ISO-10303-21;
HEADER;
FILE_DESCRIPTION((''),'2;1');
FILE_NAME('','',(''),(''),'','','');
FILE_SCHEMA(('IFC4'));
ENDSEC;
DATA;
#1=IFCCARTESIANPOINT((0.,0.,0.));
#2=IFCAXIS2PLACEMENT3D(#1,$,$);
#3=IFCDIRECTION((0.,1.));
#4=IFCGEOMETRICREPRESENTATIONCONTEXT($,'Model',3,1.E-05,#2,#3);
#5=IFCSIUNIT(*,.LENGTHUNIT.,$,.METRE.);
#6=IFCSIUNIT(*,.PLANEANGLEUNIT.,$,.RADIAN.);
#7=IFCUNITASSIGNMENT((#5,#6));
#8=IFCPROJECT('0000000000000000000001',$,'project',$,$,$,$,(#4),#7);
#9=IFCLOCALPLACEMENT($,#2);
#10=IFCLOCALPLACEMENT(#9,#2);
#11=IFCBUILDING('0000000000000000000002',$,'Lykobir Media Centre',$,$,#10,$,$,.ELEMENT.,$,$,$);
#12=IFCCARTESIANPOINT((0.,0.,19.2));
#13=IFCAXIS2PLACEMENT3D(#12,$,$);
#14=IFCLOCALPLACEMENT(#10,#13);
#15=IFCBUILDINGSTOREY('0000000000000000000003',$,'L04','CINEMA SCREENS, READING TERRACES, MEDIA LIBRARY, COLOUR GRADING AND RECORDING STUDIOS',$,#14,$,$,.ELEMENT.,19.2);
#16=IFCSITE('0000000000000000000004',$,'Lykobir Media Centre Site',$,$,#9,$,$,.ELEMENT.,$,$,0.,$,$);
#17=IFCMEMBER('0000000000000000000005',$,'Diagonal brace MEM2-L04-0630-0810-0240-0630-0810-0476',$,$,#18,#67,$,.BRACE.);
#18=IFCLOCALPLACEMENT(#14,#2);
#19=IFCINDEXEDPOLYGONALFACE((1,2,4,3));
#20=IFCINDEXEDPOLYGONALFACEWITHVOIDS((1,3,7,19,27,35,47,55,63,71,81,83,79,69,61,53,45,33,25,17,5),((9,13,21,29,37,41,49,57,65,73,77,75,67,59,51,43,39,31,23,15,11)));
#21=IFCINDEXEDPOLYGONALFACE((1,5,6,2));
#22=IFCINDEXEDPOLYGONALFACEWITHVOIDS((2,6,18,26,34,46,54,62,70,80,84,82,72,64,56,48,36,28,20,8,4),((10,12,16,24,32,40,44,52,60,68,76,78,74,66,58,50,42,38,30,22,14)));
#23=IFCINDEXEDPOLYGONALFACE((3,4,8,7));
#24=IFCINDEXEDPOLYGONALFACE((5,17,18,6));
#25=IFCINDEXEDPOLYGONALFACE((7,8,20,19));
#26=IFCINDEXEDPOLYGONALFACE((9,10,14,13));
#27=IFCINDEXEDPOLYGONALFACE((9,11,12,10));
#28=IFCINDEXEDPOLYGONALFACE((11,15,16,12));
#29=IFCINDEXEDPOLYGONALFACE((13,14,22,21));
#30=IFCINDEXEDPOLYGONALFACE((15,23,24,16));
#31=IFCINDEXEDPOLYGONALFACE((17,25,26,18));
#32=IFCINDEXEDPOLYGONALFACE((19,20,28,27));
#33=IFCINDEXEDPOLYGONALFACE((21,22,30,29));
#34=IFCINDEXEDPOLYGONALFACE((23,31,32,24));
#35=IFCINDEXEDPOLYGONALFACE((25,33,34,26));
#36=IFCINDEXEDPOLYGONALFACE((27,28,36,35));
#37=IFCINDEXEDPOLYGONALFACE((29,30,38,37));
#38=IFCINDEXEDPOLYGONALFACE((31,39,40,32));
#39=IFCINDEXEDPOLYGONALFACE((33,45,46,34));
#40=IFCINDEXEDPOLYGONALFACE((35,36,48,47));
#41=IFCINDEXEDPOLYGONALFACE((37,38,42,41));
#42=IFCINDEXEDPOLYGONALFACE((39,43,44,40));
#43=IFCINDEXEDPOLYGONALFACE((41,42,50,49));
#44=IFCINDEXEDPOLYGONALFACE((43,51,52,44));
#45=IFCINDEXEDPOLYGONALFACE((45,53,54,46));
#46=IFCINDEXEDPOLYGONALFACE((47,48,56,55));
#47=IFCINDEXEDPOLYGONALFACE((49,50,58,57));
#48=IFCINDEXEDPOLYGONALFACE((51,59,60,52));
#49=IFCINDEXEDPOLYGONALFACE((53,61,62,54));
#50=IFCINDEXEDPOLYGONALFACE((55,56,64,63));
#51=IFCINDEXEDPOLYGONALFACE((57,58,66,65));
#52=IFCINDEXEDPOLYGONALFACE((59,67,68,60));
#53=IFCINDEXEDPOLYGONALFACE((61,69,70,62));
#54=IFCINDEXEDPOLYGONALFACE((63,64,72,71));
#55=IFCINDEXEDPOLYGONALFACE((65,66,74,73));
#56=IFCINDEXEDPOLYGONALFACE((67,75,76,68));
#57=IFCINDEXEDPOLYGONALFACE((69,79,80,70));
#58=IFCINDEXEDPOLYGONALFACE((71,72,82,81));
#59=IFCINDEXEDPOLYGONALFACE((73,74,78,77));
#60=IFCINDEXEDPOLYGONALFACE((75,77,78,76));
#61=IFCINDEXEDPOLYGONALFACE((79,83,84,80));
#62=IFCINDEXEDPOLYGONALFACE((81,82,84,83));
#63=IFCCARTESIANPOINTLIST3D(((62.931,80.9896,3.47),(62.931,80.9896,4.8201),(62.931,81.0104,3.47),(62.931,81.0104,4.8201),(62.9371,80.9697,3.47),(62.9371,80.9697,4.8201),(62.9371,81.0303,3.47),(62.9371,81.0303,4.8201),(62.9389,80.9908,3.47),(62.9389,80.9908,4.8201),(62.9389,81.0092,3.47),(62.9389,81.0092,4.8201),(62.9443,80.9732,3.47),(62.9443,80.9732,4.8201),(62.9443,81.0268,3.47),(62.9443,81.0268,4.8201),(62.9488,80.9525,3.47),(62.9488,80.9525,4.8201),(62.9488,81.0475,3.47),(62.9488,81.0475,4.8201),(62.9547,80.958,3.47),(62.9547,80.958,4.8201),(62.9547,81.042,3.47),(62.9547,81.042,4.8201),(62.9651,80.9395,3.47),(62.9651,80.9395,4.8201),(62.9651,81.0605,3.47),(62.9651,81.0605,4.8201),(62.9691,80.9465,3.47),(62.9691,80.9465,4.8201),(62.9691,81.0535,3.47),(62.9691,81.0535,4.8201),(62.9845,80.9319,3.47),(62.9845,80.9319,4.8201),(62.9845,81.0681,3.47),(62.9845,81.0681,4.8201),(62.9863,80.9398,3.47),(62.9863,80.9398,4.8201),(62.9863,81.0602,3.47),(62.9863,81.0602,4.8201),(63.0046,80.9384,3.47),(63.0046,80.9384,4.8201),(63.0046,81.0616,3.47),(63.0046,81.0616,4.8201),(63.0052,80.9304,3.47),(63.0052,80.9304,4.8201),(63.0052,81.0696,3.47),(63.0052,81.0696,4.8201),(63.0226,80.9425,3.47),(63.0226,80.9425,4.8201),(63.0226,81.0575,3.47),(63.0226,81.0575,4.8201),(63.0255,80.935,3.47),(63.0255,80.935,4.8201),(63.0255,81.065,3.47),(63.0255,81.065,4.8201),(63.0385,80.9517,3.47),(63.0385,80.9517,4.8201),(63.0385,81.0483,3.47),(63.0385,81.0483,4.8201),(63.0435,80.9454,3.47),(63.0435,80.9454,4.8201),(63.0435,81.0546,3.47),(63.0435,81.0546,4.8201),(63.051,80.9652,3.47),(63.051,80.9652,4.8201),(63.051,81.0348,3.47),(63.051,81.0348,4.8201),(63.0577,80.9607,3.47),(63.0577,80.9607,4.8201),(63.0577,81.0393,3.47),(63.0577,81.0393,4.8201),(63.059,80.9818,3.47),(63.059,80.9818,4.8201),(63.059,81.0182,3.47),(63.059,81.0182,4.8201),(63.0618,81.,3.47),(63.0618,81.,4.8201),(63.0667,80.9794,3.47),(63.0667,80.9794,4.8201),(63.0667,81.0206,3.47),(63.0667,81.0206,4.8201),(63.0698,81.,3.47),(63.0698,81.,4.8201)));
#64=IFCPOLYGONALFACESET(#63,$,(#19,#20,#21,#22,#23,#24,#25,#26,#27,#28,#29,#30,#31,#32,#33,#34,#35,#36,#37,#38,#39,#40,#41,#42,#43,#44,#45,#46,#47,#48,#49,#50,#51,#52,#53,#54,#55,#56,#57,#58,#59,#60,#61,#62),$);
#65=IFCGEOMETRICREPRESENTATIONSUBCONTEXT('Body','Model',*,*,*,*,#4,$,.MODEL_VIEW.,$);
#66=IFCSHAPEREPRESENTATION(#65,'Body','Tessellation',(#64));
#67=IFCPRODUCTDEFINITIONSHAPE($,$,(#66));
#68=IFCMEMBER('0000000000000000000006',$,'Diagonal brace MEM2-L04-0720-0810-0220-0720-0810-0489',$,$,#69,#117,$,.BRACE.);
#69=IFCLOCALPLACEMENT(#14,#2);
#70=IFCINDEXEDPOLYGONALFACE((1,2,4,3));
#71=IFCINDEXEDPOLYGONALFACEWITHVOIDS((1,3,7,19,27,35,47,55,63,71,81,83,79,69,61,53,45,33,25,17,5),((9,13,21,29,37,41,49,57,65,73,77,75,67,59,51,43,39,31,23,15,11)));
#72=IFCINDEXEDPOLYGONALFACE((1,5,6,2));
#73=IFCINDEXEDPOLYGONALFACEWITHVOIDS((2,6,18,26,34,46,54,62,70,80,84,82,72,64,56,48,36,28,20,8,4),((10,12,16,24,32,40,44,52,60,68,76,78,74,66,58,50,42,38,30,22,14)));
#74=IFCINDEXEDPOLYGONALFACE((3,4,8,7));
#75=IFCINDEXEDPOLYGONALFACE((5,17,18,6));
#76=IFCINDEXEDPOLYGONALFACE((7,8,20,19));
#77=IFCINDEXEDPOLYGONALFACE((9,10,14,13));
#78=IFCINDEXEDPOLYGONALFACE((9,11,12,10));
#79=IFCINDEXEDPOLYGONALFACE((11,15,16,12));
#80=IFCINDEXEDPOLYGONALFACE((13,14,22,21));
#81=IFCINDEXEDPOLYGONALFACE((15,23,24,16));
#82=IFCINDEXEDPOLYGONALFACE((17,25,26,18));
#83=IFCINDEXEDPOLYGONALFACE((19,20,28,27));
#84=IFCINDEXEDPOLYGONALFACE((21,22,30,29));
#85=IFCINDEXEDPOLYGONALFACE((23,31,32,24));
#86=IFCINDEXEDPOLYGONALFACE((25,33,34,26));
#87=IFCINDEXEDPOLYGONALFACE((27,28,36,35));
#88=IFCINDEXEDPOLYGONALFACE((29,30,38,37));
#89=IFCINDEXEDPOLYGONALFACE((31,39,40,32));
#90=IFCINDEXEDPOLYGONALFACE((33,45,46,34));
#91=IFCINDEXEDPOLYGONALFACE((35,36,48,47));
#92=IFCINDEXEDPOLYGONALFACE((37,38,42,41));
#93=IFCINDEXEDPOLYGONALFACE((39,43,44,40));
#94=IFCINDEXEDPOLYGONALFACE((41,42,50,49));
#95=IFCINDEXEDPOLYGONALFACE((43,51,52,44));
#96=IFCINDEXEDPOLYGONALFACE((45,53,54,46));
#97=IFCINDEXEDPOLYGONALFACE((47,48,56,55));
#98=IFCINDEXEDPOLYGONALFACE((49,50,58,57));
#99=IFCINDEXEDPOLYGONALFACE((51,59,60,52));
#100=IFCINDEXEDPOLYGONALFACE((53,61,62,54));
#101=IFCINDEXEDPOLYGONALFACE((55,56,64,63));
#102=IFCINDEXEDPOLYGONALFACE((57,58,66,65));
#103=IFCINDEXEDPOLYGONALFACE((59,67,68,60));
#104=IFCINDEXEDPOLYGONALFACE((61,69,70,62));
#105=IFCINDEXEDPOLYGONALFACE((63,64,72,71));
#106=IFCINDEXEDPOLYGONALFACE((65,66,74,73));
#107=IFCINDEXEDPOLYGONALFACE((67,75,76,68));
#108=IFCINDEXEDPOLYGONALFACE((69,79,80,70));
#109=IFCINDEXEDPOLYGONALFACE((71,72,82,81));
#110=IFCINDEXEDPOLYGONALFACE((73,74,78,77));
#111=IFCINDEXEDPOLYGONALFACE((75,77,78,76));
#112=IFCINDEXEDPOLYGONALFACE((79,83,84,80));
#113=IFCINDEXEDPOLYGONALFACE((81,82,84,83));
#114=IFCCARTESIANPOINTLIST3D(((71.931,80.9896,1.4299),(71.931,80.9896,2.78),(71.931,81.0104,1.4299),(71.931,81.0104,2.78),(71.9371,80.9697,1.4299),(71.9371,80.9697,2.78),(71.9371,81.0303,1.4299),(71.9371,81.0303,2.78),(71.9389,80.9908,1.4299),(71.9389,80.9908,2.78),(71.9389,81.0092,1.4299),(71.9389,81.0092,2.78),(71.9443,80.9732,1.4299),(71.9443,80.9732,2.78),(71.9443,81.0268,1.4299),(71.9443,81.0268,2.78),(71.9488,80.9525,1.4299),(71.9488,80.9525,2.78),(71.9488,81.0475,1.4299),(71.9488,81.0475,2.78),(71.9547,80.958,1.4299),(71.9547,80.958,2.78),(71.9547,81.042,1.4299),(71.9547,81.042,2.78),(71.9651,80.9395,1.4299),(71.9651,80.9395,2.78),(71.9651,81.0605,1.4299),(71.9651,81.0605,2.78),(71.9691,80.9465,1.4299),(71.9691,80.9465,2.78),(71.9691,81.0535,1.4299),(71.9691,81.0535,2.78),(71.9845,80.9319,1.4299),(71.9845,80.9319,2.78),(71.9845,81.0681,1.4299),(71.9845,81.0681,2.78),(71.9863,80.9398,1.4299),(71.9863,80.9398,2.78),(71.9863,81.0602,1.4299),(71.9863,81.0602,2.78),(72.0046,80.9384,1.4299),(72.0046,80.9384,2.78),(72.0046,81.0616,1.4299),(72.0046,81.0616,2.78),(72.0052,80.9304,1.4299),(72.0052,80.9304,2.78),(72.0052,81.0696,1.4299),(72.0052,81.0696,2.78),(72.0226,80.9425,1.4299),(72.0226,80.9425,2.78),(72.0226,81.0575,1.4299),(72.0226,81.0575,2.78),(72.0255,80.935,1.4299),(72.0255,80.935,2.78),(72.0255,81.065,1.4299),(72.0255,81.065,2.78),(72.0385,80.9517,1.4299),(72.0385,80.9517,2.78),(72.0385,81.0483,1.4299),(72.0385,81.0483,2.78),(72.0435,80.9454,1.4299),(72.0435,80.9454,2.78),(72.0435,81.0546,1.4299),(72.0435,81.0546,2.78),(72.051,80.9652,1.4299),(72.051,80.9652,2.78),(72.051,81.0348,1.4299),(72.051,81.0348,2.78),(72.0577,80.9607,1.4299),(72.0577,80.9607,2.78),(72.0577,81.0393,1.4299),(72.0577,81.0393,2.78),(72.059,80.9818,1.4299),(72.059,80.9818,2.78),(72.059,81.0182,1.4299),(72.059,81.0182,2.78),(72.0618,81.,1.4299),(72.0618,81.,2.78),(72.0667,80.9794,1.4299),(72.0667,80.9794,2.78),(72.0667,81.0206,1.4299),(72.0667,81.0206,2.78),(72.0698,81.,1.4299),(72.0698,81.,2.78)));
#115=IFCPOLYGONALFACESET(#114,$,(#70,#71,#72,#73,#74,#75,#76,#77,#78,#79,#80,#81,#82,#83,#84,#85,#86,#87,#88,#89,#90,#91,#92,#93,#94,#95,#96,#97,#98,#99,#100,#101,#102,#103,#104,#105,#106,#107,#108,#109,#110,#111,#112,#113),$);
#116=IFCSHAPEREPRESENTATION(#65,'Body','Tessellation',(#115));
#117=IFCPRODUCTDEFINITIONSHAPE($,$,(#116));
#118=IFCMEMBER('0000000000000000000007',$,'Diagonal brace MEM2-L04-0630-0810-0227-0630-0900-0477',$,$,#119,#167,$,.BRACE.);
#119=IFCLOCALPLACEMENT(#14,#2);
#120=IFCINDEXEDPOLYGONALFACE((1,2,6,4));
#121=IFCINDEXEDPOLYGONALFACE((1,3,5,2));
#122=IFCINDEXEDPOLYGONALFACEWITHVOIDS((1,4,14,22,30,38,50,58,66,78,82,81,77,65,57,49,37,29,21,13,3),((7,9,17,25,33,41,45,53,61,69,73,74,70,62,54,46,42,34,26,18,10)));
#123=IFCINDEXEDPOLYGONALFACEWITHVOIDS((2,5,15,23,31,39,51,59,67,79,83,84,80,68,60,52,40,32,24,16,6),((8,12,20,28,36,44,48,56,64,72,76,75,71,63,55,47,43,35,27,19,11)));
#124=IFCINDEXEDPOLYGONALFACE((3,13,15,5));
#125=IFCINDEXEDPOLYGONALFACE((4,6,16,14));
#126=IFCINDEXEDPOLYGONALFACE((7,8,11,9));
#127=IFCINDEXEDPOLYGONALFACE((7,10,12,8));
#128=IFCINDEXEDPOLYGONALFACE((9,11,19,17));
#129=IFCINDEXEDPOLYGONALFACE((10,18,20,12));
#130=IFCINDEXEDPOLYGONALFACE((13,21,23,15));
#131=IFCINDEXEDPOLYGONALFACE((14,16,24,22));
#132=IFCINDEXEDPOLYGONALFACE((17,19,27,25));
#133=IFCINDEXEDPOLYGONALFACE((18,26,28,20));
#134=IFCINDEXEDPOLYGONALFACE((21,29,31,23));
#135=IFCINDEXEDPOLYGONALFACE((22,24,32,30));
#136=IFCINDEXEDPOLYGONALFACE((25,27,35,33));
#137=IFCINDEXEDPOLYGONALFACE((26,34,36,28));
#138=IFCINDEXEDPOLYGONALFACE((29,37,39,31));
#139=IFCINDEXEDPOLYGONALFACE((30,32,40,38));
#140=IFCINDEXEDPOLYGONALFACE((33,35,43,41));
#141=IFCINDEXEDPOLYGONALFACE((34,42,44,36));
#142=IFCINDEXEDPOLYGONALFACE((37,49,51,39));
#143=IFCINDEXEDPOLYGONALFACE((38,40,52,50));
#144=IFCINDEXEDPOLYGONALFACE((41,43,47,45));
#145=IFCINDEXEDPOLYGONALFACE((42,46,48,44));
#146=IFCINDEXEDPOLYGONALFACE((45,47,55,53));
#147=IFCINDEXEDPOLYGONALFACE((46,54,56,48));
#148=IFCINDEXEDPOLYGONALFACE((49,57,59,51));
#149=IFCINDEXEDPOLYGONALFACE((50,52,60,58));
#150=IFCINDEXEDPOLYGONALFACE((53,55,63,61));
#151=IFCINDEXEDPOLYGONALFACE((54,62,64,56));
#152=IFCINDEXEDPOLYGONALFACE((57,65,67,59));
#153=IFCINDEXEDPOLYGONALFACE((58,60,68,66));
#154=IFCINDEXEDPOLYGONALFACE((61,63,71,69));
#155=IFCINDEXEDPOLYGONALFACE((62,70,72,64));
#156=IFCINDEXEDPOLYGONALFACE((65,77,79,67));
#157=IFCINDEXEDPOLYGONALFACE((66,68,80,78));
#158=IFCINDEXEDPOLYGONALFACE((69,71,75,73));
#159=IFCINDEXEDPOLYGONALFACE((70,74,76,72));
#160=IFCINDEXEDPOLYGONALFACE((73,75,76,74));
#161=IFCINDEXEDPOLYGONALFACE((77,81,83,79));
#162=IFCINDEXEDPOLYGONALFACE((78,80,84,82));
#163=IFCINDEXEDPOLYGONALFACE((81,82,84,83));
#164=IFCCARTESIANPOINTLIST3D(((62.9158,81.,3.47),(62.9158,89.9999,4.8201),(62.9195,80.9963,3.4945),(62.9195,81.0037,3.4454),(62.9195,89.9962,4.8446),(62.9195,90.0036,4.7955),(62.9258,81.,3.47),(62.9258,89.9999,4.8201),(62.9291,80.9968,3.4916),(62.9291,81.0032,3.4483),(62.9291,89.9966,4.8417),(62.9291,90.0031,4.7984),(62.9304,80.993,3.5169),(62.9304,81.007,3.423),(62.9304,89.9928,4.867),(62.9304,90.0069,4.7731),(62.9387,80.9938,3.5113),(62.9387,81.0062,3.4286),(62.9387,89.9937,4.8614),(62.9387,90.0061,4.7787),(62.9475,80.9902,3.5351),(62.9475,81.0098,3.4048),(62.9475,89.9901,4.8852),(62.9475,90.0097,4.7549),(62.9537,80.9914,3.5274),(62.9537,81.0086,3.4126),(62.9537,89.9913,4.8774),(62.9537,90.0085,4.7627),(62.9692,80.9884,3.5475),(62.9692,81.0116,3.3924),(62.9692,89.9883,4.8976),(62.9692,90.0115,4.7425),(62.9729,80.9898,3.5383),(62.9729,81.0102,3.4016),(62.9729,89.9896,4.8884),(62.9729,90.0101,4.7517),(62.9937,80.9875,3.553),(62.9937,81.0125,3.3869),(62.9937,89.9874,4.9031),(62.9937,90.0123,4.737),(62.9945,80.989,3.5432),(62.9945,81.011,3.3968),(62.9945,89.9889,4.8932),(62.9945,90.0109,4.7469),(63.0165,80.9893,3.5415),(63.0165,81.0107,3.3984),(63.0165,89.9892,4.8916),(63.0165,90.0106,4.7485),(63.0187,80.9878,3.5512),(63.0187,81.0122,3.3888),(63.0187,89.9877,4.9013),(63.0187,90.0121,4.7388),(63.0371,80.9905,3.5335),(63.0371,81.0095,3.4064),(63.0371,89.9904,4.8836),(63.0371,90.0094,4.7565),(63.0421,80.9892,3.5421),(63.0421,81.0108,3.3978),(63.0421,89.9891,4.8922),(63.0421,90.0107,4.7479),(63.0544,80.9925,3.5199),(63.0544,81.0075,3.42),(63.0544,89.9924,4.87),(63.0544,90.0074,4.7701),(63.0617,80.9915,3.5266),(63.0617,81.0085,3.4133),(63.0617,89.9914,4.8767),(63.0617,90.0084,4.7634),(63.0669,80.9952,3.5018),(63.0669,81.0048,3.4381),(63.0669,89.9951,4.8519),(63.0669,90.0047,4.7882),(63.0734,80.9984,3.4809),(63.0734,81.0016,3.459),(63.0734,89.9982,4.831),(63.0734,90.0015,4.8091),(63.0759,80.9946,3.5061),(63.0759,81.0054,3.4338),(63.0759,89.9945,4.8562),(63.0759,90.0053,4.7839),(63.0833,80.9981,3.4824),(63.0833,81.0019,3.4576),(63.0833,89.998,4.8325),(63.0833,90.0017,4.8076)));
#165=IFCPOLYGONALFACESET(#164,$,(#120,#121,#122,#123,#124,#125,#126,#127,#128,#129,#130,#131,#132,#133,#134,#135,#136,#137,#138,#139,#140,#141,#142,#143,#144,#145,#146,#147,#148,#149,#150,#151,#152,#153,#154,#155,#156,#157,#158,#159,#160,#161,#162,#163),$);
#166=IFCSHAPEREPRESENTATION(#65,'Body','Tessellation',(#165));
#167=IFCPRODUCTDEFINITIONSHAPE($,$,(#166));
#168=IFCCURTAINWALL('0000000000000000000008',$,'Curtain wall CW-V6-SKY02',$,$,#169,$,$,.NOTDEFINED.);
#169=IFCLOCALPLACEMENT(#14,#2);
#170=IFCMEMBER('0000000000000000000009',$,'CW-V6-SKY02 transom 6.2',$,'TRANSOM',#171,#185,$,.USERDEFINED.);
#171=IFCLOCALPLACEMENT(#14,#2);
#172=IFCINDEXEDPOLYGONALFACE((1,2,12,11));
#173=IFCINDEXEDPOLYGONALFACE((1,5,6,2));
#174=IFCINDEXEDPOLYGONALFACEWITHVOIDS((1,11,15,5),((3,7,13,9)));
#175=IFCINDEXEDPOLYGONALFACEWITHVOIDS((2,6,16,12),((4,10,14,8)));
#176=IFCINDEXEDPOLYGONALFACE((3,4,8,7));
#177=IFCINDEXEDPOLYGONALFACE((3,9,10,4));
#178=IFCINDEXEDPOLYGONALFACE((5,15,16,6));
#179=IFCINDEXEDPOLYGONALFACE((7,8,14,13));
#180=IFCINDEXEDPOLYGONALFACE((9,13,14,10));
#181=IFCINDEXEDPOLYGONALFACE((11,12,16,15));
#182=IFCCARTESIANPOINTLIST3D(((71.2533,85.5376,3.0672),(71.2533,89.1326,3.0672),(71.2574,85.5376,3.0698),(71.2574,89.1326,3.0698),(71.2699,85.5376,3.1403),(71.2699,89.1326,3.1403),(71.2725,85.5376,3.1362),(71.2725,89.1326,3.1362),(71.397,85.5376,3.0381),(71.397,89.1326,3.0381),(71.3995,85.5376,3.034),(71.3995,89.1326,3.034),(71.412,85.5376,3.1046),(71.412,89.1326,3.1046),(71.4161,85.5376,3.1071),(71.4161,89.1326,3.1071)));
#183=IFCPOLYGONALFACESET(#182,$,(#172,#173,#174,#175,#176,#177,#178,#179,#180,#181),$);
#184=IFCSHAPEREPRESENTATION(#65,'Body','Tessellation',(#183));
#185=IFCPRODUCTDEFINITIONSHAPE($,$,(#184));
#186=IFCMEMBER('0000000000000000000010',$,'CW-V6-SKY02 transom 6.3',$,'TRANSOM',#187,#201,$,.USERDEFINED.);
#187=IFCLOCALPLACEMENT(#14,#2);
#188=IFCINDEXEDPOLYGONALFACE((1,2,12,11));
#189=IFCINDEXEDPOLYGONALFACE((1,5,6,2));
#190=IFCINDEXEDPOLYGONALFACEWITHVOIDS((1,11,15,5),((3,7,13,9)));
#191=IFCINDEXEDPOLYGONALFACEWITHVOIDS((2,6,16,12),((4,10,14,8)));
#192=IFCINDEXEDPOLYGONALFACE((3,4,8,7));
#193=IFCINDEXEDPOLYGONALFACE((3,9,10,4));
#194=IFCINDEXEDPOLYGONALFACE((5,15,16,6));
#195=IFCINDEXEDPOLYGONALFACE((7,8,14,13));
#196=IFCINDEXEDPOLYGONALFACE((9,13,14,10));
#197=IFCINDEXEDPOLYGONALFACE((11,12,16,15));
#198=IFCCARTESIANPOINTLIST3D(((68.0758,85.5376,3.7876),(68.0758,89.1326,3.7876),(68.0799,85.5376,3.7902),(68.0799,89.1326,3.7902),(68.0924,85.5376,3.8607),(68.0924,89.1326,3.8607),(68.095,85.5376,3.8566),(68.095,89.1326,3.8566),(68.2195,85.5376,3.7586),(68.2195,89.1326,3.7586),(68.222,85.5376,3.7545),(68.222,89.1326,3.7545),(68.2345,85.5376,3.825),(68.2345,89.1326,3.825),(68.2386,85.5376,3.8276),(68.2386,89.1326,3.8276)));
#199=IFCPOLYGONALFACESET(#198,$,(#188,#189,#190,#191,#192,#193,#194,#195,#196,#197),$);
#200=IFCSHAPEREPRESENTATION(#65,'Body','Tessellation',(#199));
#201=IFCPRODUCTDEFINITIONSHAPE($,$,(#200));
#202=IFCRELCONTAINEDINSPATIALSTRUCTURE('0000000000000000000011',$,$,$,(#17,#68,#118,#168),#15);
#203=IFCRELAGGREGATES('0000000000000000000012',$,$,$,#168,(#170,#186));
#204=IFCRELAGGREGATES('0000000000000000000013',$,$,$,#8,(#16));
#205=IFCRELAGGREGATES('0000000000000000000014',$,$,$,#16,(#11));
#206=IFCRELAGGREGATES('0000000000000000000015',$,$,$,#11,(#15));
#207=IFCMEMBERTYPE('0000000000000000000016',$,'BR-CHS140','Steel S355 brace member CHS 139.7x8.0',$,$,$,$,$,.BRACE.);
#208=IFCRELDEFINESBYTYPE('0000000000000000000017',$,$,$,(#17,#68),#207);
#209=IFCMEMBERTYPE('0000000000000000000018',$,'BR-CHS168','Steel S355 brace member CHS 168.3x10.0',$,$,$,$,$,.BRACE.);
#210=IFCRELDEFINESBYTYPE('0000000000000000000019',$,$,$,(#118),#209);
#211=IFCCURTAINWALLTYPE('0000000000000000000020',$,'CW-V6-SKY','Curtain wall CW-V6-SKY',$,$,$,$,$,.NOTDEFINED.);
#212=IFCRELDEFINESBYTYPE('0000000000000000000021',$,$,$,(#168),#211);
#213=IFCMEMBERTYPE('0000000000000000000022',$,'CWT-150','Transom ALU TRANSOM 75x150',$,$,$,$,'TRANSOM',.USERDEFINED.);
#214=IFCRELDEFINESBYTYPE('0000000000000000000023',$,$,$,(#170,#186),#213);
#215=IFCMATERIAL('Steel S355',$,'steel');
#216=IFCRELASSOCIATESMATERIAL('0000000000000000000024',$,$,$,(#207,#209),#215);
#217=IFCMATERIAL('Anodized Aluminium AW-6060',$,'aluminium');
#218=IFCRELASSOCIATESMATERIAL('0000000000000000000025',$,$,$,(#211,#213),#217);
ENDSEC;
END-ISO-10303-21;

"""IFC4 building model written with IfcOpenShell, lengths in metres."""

from ifc_helpers import new_model, si_unit, direction, frame, origin, origin_2d, place, context, subcontext, project, spatial, hollow_rectangle, hollow_circle, extrude, material, material_profile, profile_set, type_object, element, aggregate, save


model = new_model("IFC4")

# Units and contexts
model_context = context("Model", 3, precision=1e-05, world=origin(), true_north=direction((0.0, 1.0)))
body_context = subcontext(model_context, "Body", "Model", "MODEL_VIEW")
ifc_project = project(units=[si_unit("LENGTHUNIT", "METRE"), si_unit("PLANEANGLEUNIT", "RADIAN")], contexts=[model_context])

# Site, building, storey
site_placement = place(None, origin())
site = spatial("IfcSite", under=ifc_project, at=site_placement, Name="Lykobir Media Centre Site", CompositionType="ELEMENT", RefElevation=0.0)
building_placement = place(site_placement, origin())
building = spatial("IfcBuilding", under=site, at=building_placement, Name="Lykobir Media Centre", CompositionType="ELEMENT")
storey_placement = place(building_placement, frame((0.0, 0.0, 19.2)))
storey = spatial("IfcBuildingStorey", under=building, at=storey_placement, Name="L04", Description="CINEMA SCREENS, READING TERRACES, MEDIA LIBRARY, COLOUR GRADING AND RECORDING STUDIOS", CompositionType="ELEMENT", Elevation=19.2)

# Members
ifc_material_1 = material(Name="Steel S355", Category="steel")
ifc_material_profile_1 = material_profile(ifc_material_1, hollow_circle(Radius=0.0698, WallThickness=0.0081, at=origin_2d()), Name="CHS 139.7x8.0")
ifc_profile_set_1 = profile_set([ifc_material_profile_1], Name="Steel S355")
member_type_1 = type_object("IfcMemberType", Name="BR-CHS140", Description="Steel S355 brace member CHS 139.7x8.0", PredefinedType="BRACE", material=ifc_profile_set_1)
for number, where, z_axis, x_axis, name in (
    (1, (63.0, 81.0, 4.8201), (0.0, 0.0, -1.0), (1.0, 0.0, 0.0), "Diagonal brace MEM2-L04-0630-0810-0240-0630-0810-0476"),
    (2, (72.0, 81.0, 2.78), (0.0, 0.0, -1.0), (1.0, 0.0, 0.0), "Diagonal brace MEM2-L04-0720-0810-0220-0720-0810-0489"),
):
    element("IfcMember", number, at=place(storey_placement, frame(where, z_axis=z_axis, x_axis=x_axis)), inside=storey, type_object=member_type_1, Name=name, PredefinedType="BRACE", context=body_context, shape_type="SweptSolid", body=[
        extrude(hollow_circle(Radius=0.0698, WallThickness=0.0081, at=origin_2d()), origin(), (0.0, 0.0, 1.0), 1.3501),
    ])
ifc_material_profile_2 = material_profile(ifc_material_1, hollow_circle(Radius=0.0842, WallThickness=0.01, at=origin_2d()), Name="CHS 168.3x10.0")
ifc_profile_set_2 = profile_set([ifc_material_profile_2], Name="Steel S355")
member_type_2 = type_object("IfcMemberType", Name="BR-CHS168", Description="Steel S355 brace member CHS 168.3x10.0", PredefinedType="BRACE", material=ifc_profile_set_2)
member_1_placement = place(storey_placement, frame((63.0, 81.0, 3.47), z_axis=(0.0, 0.988935, 0.148351), x_axis=(-1.0, 0.0, 0.0)))
element("IfcMember", 3, at=member_1_placement, inside=storey, type_object=member_type_2, Name="Diagonal brace MEM2-L04-0630-0810-0227-0630-0900-0477", PredefinedType="BRACE", context=body_context, shape_type="SweptSolid", body=[
    extrude(hollow_circle(Radius=0.0842, WallThickness=0.01, at=origin_2d()), origin(), (0.0, 0.0, 1.0), 9.1006),
])

# Curtain wall, members
ifc_material_2 = material(Name="Anodized Aluminium AW-6060", Category="aluminium")
curtain_wall_type = type_object("IfcCurtainWallType", Name="CW-V6-SKY", Description="Curtain wall CW-V6-SKY", PredefinedType="NOTDEFINED", material=ifc_material_2)
curtain_wall_1_placement = place(storey_placement, origin())
curtain_wall_1 = element("IfcCurtainWall", 4, at=curtain_wall_1_placement, inside=storey, type_object=curtain_wall_type, Name="Curtain wall CW-V6-SKY02", PredefinedType="NOTDEFINED")
ifc_material_profile_3 = material_profile(ifc_material_2, hollow_rectangle(XDim=0.075, YDim=0.1499, WallThickness=0.0034, at=origin_2d()), Name="ALU TRANSOM 75x150")
ifc_profile_set_3 = profile_set([ifc_material_profile_3], Name="Anodized Aluminium AW-6060")
member_type_3 = type_object("IfcMemberType", Name="CWT-150", Description="Transom ALU TRANSOM 75x150", ElementType="TRANSOM", PredefinedType="USERDEFINED", material=ifc_profile_set_3)
member_2_placement = place(storey_placement, frame((71.3347, 89.1326, 3.0872), z_axis=(0.0, -1.0, 0.0), x_axis=(0.221072, 0.0, 0.975258)))
member_2 = element("IfcMember", 5, at=member_2_placement, type_object=member_type_3, Name="CW-V6-SKY02 transom 6.2", ObjectType="TRANSOM", PredefinedType="USERDEFINED", context=body_context, shape_type="SweptSolid", body=[
    extrude(hollow_rectangle(XDim=0.075, YDim=0.1499, WallThickness=0.0034, at=origin_2d()), origin(), (0.0, 0.0, 1.0), 3.595),
])
member_3_placement = place(storey_placement, frame((68.1572, 89.1326, 3.8076), z_axis=(0.0, -1.0, 0.0), x_axis=(0.221072, 0.0, 0.975258)))
member_3 = element("IfcMember", 6, at=member_3_placement, type_object=member_type_3, Name="CW-V6-SKY02 transom 6.3", ObjectType="TRANSOM", PredefinedType="USERDEFINED", context=body_context, shape_type="SweptSolid", body=[
    extrude(hollow_rectangle(XDim=0.075, YDim=0.1499, WallThickness=0.0034, at=origin_2d()), origin(), (0.0, 0.0, 1.0), 3.595),
])

aggregate(curtain_wall_1, [member_2, member_3])

save(model, "model.ifc")
